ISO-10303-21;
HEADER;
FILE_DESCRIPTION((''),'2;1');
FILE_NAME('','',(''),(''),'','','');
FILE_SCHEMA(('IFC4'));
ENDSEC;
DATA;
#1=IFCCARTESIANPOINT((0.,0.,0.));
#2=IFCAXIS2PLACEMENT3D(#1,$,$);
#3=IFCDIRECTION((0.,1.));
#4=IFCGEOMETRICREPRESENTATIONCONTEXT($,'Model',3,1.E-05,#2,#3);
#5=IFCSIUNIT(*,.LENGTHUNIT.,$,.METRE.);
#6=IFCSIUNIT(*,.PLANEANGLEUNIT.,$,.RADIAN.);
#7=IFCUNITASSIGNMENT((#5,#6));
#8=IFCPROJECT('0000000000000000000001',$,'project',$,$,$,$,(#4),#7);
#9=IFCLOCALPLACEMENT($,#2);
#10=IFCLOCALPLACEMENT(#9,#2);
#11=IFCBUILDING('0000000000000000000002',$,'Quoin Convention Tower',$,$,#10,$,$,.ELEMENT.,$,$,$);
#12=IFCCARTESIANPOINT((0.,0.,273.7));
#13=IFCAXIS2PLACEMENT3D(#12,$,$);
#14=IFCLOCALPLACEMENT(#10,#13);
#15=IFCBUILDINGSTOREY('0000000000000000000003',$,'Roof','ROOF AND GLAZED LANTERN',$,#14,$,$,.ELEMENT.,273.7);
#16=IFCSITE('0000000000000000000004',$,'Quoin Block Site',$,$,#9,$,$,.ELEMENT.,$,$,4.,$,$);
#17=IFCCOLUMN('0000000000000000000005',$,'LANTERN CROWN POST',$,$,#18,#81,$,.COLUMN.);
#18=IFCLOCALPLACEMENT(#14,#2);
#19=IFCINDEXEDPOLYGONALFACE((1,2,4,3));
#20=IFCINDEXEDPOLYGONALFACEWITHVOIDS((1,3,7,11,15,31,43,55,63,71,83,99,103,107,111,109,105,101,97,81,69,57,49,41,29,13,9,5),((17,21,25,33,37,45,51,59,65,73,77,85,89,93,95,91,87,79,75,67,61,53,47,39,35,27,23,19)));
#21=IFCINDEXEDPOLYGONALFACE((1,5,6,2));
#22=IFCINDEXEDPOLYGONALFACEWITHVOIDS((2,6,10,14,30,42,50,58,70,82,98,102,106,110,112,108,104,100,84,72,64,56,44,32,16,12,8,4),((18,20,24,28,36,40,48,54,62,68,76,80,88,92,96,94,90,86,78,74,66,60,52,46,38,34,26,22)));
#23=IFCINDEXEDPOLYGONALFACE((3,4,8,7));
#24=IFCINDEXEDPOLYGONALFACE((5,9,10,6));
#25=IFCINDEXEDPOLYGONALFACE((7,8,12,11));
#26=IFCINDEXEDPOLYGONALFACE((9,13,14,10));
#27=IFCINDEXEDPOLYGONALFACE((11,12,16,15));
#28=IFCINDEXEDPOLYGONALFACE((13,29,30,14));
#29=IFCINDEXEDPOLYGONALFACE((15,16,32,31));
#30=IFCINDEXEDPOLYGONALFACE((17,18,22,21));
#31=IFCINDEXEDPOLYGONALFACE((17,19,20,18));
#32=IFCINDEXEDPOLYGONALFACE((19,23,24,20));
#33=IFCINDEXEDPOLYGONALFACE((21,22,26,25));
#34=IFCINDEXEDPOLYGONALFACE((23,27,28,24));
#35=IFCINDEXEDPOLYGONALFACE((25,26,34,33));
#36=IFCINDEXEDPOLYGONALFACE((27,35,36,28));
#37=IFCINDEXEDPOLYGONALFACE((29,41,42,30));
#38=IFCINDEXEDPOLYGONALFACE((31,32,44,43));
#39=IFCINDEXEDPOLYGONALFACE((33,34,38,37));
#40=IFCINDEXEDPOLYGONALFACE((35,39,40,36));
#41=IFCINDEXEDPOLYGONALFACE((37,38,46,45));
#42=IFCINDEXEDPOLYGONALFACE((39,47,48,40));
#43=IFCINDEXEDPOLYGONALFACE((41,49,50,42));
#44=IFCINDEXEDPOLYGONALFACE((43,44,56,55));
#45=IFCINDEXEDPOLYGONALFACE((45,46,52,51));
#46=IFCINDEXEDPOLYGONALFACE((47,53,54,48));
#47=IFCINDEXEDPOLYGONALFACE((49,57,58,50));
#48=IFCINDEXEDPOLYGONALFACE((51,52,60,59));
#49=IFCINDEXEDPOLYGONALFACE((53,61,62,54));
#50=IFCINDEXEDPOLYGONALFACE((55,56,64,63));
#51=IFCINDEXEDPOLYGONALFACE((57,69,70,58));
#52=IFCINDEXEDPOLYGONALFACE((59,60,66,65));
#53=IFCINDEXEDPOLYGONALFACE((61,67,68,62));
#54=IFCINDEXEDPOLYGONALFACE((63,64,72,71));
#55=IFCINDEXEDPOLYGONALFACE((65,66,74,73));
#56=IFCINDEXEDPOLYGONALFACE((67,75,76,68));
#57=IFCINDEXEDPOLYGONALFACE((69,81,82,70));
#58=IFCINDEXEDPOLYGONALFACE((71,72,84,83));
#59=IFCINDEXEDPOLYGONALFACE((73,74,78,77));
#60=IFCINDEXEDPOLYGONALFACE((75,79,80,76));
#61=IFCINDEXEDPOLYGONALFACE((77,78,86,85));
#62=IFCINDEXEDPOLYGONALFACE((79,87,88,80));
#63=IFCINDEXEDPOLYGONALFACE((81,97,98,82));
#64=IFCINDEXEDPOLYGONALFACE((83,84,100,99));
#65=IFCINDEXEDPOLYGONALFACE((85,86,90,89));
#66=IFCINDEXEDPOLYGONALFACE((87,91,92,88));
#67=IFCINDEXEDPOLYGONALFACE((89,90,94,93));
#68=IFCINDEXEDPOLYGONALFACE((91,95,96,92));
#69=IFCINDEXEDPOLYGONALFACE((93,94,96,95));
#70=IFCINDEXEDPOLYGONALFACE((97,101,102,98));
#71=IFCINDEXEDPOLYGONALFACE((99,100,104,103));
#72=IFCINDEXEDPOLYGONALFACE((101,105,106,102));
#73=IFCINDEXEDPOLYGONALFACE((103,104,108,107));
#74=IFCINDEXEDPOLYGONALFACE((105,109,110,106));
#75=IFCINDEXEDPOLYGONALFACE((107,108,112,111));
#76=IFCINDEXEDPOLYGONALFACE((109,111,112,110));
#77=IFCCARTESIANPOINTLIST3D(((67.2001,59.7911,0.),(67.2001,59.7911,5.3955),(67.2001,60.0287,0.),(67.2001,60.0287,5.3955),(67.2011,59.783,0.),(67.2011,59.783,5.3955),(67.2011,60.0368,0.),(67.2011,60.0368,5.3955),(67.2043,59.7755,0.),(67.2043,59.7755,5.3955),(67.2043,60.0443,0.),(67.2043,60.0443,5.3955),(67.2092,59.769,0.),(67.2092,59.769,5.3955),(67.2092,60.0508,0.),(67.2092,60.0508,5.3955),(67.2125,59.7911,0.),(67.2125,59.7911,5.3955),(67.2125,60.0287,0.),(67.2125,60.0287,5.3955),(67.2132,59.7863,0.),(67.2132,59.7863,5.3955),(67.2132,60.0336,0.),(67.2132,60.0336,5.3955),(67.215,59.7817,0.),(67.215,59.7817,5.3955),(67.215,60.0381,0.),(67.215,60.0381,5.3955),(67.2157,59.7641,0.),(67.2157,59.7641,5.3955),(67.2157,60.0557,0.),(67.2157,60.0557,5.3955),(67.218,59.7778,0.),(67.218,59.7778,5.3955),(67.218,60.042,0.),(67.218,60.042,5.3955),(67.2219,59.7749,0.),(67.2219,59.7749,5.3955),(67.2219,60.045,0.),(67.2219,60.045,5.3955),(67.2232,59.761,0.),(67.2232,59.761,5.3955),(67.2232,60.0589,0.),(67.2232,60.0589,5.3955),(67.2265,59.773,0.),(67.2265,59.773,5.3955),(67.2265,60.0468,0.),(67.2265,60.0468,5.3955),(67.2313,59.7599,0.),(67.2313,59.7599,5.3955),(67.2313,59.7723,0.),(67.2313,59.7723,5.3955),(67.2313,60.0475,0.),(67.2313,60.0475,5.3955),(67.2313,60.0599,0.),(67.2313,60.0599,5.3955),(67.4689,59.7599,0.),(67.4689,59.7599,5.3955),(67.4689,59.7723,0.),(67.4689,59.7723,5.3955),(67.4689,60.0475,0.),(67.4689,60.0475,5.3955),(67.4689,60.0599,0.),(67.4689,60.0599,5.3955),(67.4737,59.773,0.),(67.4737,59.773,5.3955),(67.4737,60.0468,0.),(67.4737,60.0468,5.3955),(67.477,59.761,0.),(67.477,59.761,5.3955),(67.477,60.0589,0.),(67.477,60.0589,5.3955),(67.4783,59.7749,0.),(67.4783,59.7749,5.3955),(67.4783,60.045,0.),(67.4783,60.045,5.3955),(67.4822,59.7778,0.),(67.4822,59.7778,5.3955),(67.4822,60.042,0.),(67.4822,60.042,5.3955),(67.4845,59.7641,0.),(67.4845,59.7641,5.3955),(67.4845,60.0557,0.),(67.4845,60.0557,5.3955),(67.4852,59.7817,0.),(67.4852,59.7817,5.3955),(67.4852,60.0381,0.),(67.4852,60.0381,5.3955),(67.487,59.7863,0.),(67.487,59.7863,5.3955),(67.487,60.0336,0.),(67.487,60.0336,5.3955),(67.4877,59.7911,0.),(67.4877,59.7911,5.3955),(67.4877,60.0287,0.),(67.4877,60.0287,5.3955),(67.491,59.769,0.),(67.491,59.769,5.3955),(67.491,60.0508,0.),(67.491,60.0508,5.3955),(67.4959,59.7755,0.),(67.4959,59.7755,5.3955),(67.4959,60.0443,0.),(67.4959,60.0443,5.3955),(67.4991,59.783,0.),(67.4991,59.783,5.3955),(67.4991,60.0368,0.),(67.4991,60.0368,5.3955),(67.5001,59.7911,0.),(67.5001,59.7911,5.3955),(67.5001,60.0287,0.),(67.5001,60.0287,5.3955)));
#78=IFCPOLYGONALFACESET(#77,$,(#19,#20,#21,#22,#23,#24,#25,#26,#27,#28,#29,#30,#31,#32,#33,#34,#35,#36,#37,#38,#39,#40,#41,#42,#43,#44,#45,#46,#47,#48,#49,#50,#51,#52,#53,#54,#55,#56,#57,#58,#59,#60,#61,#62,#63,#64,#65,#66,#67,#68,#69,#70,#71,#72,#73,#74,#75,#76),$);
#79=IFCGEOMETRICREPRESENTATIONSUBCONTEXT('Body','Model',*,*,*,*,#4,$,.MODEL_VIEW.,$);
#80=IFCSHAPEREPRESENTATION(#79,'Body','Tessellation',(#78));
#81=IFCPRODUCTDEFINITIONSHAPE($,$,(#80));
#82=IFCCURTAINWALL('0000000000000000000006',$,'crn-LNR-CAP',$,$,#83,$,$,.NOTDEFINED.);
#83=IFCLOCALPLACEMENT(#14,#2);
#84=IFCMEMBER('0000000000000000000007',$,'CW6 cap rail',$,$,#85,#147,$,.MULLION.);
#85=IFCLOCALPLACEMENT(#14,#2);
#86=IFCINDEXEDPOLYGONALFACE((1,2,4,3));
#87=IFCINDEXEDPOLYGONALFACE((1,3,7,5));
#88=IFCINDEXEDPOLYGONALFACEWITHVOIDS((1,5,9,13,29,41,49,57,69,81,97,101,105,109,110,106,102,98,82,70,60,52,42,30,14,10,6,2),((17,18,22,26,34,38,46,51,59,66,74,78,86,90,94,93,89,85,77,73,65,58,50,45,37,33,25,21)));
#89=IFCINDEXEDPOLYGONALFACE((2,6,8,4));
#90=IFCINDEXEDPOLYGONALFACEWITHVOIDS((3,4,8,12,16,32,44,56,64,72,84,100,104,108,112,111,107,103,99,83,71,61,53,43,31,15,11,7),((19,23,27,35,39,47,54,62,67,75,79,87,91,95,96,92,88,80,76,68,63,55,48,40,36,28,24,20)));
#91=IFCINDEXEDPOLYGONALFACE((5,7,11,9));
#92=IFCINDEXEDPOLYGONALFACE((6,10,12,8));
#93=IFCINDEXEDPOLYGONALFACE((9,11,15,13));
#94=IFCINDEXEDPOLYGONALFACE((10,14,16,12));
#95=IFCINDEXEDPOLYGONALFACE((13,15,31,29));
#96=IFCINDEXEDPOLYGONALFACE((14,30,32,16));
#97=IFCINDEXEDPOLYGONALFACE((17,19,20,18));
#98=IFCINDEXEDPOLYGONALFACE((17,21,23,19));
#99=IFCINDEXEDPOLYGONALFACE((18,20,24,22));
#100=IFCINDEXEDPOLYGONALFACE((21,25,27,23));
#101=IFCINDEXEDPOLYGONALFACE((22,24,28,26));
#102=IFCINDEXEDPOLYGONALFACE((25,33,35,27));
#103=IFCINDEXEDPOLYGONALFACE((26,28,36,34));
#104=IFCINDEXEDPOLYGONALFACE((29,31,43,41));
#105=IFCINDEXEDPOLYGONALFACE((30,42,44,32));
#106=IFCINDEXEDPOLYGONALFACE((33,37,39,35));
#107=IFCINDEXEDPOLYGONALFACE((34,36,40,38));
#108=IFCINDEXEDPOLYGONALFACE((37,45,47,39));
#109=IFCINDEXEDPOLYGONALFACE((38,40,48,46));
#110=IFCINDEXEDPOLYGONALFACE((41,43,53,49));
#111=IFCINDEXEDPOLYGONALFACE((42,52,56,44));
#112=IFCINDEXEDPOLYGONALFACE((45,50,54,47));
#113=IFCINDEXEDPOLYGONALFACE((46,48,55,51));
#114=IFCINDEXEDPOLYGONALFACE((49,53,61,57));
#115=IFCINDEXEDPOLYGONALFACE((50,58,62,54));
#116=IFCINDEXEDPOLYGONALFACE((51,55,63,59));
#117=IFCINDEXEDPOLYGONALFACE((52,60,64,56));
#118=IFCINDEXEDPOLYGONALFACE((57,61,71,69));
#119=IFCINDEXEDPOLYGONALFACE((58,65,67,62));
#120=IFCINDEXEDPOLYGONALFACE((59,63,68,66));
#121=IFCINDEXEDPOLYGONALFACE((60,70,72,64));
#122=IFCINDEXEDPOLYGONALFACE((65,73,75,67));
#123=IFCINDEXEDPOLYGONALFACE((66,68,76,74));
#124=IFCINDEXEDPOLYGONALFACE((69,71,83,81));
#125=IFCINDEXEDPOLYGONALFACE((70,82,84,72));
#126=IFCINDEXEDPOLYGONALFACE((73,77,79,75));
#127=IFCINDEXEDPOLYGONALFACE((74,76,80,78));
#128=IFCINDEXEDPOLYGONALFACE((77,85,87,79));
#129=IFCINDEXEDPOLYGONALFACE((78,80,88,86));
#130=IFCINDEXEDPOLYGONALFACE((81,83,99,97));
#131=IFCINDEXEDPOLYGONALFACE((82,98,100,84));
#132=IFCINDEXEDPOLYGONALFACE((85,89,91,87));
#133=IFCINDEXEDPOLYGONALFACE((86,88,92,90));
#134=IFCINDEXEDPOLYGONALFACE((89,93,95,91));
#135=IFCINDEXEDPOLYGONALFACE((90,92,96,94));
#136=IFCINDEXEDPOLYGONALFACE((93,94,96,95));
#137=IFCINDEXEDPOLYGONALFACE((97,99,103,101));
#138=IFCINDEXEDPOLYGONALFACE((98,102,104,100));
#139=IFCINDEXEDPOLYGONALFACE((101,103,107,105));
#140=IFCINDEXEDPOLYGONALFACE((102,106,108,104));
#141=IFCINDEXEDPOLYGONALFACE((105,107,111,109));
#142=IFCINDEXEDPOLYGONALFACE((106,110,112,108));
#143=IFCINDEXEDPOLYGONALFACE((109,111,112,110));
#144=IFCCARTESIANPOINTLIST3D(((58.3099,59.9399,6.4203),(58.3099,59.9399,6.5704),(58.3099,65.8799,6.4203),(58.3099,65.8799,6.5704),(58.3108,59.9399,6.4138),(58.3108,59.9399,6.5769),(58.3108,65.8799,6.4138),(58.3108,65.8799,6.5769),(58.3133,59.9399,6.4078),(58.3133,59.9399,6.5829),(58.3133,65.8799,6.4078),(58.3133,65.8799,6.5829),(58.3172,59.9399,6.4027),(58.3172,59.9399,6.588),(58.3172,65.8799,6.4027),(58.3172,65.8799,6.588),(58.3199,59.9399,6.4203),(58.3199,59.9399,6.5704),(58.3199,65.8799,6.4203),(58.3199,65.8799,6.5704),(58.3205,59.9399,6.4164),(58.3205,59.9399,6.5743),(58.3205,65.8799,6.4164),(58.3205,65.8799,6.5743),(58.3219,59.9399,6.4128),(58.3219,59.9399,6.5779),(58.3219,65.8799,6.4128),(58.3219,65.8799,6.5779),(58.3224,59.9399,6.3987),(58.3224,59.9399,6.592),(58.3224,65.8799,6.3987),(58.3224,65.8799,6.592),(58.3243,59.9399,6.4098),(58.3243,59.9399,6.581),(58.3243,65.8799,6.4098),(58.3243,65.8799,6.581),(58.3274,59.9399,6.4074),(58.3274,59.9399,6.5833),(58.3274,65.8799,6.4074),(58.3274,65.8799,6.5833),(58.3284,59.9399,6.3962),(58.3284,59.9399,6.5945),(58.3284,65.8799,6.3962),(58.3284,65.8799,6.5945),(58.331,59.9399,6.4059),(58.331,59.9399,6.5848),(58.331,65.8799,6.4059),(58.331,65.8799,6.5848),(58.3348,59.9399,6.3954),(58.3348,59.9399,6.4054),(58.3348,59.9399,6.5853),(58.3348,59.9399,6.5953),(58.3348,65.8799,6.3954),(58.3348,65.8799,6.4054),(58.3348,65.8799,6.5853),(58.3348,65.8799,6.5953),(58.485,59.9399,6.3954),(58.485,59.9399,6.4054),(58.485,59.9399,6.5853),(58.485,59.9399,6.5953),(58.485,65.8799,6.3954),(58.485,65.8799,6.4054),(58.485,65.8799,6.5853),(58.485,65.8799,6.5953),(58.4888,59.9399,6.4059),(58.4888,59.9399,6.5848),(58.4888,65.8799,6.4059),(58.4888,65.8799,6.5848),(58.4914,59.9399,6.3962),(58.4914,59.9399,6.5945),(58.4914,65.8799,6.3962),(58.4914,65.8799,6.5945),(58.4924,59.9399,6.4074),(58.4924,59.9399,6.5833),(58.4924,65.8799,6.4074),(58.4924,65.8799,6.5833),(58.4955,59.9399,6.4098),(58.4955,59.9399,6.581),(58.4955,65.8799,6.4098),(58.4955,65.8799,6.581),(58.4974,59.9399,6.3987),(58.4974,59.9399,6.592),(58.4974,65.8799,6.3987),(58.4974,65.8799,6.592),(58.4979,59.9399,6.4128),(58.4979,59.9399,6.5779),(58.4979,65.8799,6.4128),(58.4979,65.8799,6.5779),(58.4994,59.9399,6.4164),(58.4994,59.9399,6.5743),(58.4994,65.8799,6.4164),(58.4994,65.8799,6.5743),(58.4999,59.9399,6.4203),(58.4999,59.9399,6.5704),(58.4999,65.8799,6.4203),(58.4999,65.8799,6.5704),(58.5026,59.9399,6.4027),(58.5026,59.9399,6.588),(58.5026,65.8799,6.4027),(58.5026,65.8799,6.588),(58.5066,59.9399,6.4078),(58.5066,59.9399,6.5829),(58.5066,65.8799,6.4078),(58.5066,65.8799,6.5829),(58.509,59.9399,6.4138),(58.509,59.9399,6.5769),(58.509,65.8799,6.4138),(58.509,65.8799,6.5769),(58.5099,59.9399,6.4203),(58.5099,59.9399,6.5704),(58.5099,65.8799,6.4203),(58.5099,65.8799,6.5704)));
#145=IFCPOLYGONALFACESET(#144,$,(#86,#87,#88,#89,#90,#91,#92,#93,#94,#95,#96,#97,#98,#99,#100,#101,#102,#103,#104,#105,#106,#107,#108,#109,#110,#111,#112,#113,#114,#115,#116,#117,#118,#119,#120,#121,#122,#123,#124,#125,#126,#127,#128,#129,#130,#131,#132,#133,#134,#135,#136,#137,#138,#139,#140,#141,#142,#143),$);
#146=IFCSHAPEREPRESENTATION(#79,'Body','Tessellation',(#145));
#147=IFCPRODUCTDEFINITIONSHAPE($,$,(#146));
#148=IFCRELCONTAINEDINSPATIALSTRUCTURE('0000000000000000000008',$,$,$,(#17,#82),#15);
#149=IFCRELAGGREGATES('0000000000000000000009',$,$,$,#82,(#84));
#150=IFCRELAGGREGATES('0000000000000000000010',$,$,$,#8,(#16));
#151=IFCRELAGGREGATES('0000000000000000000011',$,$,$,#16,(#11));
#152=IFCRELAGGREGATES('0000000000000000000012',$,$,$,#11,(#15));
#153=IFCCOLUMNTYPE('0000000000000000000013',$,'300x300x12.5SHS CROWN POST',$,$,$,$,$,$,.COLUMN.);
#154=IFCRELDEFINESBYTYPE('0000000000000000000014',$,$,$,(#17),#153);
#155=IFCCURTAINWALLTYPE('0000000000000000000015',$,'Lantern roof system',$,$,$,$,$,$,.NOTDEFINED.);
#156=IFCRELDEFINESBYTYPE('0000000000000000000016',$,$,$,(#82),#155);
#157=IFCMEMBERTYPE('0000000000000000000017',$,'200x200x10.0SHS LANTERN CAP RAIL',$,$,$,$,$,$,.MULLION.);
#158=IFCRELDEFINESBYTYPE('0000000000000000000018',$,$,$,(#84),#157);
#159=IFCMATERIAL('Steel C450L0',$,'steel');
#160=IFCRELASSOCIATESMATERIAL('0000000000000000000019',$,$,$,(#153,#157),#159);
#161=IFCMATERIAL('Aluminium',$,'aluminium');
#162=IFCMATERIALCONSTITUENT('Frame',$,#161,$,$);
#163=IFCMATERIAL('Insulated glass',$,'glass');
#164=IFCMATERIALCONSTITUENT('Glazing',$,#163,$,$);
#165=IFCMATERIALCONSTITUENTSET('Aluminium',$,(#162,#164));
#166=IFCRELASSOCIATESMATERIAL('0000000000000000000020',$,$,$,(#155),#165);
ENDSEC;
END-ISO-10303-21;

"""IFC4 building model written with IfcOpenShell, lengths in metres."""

from ifc_helpers import new_model, si_unit, direction, frame, origin, origin_2d, place, context, subcontext, project, spatial, hollow_rectangle, extrude, material, constituent, constituent_set, material_profile, profile_set, type_object, element, aggregate, save


model = new_model("IFC4")

# Units and contexts
model_context = context("Model", 3, precision=1e-05, world=origin(), true_north=direction((0.0, 1.0)))
body_context = subcontext(model_context, "Body", "Model", "MODEL_VIEW")
ifc_project = project(units=[si_unit("LENGTHUNIT", "METRE"), si_unit("PLANEANGLEUNIT", "RADIAN")], contexts=[model_context])

# Site, building, storey
site_placement = place(None, origin())
site = spatial("IfcSite", under=ifc_project, at=site_placement, Name="Quoin Block Site", CompositionType="ELEMENT", RefElevation=4.0)
building_placement = place(site_placement, origin())
building = spatial("IfcBuilding", under=site, at=building_placement, Name="Quoin Convention Tower", CompositionType="ELEMENT")
storey_placement = place(building_placement, frame((0.0, 0.0, 273.7)))
storey = spatial("IfcBuildingStorey", under=building, at=storey_placement, Name="Roof", Description="ROOF AND GLAZED LANTERN", CompositionType="ELEMENT", Elevation=273.7)

# Column
ifc_material_1 = material(Name="Steel C450L0", Category="steel")
ifc_material_profile_1 = material_profile(ifc_material_1, hollow_rectangle(XDim=0.3, YDim=0.3, WallThickness=0.0125, InnerFilletRadius=0.0188, OuterFilletRadius=0.0312, at=origin_2d()), Name="300x300x12.5SHS")
ifc_profile_set_1 = profile_set([ifc_material_profile_1], Name="Steel C450L0")
column_type = type_object("IfcColumnType", Name="300x300x12.5SHS CROWN POST", PredefinedType="COLUMN", material=ifc_profile_set_1)
column_placement = place(storey_placement, frame((67.3501, 59.9099, 0.0), z_axis=(0.0, 0.0, 1.0), x_axis=(1.0, 0.0, 0.0)))
element("IfcColumn", 1, at=column_placement, inside=storey, type_object=column_type, Name="LANTERN CROWN POST", PredefinedType="COLUMN", context=body_context, shape_type="SweptSolid", body=[
    extrude(hollow_rectangle(XDim=0.3, YDim=0.3, WallThickness=0.0125, InnerFilletRadius=0.0188, OuterFilletRadius=0.0312, at=origin_2d()), origin(), (0.0, 0.0, 1.0), 5.3955),
])

# Curtain wall, member
ifc_material_2 = material(Name="Aluminium", Category="aluminium")
ifc_constituent_1 = constituent(ifc_material_2, Name="Frame")
ifc_material_3 = material(Name="Insulated glass", Category="glass")
ifc_constituent_2 = constituent(ifc_material_3, Name="Glazing")
ifc_constituent_set = constituent_set(constituents=[ifc_constituent_1, ifc_constituent_2], Name="Aluminium")
curtain_wall_type = type_object("IfcCurtainWallType", Name="Lantern roof system", PredefinedType="NOTDEFINED", material=ifc_constituent_set)
curtain_wall_placement = place(storey_placement, origin())
curtain_wall = element("IfcCurtainWall", 2, at=curtain_wall_placement, inside=storey, type_object=curtain_wall_type, Name="crn-LNR-CAP", PredefinedType="NOTDEFINED")
ifc_material_profile_2 = material_profile(ifc_material_1, hollow_rectangle(XDim=0.2, YDim=0.2, WallThickness=0.01, InnerFilletRadius=0.0149, OuterFilletRadius=0.0249, at=origin_2d()), Name="200x200x10.0SHS")
ifc_profile_set_2 = profile_set([ifc_material_profile_2], Name="Steel C450L0")
member_type_1 = type_object("IfcMemberType", Name="200x200x10.0SHS LANTERN CAP RAIL", PredefinedType="MULLION", material=ifc_profile_set_2)
member_1_placement = place(storey_placement, frame((58.4099, 59.9399, 6.4954), z_axis=(0.0, 1.0, 0.0), x_axis=(-1.0, 0.0, 0.0)))
member_1 = element("IfcMember", 3, at=member_1_placement, type_object=member_type_1, Name="CW6 cap rail", PredefinedType="MULLION", context=body_context, shape_type="SweptSolid", body=[
    extrude(hollow_rectangle(XDim=0.2, YDim=0.2, WallThickness=0.01, InnerFilletRadius=0.0149, OuterFilletRadius=0.0249, at=origin_2d()), origin(), (0.0, 0.0, 1.0), 5.9399),
])
aggregate(curtain_wall, [member_1])

save(model, "model.ifc")
